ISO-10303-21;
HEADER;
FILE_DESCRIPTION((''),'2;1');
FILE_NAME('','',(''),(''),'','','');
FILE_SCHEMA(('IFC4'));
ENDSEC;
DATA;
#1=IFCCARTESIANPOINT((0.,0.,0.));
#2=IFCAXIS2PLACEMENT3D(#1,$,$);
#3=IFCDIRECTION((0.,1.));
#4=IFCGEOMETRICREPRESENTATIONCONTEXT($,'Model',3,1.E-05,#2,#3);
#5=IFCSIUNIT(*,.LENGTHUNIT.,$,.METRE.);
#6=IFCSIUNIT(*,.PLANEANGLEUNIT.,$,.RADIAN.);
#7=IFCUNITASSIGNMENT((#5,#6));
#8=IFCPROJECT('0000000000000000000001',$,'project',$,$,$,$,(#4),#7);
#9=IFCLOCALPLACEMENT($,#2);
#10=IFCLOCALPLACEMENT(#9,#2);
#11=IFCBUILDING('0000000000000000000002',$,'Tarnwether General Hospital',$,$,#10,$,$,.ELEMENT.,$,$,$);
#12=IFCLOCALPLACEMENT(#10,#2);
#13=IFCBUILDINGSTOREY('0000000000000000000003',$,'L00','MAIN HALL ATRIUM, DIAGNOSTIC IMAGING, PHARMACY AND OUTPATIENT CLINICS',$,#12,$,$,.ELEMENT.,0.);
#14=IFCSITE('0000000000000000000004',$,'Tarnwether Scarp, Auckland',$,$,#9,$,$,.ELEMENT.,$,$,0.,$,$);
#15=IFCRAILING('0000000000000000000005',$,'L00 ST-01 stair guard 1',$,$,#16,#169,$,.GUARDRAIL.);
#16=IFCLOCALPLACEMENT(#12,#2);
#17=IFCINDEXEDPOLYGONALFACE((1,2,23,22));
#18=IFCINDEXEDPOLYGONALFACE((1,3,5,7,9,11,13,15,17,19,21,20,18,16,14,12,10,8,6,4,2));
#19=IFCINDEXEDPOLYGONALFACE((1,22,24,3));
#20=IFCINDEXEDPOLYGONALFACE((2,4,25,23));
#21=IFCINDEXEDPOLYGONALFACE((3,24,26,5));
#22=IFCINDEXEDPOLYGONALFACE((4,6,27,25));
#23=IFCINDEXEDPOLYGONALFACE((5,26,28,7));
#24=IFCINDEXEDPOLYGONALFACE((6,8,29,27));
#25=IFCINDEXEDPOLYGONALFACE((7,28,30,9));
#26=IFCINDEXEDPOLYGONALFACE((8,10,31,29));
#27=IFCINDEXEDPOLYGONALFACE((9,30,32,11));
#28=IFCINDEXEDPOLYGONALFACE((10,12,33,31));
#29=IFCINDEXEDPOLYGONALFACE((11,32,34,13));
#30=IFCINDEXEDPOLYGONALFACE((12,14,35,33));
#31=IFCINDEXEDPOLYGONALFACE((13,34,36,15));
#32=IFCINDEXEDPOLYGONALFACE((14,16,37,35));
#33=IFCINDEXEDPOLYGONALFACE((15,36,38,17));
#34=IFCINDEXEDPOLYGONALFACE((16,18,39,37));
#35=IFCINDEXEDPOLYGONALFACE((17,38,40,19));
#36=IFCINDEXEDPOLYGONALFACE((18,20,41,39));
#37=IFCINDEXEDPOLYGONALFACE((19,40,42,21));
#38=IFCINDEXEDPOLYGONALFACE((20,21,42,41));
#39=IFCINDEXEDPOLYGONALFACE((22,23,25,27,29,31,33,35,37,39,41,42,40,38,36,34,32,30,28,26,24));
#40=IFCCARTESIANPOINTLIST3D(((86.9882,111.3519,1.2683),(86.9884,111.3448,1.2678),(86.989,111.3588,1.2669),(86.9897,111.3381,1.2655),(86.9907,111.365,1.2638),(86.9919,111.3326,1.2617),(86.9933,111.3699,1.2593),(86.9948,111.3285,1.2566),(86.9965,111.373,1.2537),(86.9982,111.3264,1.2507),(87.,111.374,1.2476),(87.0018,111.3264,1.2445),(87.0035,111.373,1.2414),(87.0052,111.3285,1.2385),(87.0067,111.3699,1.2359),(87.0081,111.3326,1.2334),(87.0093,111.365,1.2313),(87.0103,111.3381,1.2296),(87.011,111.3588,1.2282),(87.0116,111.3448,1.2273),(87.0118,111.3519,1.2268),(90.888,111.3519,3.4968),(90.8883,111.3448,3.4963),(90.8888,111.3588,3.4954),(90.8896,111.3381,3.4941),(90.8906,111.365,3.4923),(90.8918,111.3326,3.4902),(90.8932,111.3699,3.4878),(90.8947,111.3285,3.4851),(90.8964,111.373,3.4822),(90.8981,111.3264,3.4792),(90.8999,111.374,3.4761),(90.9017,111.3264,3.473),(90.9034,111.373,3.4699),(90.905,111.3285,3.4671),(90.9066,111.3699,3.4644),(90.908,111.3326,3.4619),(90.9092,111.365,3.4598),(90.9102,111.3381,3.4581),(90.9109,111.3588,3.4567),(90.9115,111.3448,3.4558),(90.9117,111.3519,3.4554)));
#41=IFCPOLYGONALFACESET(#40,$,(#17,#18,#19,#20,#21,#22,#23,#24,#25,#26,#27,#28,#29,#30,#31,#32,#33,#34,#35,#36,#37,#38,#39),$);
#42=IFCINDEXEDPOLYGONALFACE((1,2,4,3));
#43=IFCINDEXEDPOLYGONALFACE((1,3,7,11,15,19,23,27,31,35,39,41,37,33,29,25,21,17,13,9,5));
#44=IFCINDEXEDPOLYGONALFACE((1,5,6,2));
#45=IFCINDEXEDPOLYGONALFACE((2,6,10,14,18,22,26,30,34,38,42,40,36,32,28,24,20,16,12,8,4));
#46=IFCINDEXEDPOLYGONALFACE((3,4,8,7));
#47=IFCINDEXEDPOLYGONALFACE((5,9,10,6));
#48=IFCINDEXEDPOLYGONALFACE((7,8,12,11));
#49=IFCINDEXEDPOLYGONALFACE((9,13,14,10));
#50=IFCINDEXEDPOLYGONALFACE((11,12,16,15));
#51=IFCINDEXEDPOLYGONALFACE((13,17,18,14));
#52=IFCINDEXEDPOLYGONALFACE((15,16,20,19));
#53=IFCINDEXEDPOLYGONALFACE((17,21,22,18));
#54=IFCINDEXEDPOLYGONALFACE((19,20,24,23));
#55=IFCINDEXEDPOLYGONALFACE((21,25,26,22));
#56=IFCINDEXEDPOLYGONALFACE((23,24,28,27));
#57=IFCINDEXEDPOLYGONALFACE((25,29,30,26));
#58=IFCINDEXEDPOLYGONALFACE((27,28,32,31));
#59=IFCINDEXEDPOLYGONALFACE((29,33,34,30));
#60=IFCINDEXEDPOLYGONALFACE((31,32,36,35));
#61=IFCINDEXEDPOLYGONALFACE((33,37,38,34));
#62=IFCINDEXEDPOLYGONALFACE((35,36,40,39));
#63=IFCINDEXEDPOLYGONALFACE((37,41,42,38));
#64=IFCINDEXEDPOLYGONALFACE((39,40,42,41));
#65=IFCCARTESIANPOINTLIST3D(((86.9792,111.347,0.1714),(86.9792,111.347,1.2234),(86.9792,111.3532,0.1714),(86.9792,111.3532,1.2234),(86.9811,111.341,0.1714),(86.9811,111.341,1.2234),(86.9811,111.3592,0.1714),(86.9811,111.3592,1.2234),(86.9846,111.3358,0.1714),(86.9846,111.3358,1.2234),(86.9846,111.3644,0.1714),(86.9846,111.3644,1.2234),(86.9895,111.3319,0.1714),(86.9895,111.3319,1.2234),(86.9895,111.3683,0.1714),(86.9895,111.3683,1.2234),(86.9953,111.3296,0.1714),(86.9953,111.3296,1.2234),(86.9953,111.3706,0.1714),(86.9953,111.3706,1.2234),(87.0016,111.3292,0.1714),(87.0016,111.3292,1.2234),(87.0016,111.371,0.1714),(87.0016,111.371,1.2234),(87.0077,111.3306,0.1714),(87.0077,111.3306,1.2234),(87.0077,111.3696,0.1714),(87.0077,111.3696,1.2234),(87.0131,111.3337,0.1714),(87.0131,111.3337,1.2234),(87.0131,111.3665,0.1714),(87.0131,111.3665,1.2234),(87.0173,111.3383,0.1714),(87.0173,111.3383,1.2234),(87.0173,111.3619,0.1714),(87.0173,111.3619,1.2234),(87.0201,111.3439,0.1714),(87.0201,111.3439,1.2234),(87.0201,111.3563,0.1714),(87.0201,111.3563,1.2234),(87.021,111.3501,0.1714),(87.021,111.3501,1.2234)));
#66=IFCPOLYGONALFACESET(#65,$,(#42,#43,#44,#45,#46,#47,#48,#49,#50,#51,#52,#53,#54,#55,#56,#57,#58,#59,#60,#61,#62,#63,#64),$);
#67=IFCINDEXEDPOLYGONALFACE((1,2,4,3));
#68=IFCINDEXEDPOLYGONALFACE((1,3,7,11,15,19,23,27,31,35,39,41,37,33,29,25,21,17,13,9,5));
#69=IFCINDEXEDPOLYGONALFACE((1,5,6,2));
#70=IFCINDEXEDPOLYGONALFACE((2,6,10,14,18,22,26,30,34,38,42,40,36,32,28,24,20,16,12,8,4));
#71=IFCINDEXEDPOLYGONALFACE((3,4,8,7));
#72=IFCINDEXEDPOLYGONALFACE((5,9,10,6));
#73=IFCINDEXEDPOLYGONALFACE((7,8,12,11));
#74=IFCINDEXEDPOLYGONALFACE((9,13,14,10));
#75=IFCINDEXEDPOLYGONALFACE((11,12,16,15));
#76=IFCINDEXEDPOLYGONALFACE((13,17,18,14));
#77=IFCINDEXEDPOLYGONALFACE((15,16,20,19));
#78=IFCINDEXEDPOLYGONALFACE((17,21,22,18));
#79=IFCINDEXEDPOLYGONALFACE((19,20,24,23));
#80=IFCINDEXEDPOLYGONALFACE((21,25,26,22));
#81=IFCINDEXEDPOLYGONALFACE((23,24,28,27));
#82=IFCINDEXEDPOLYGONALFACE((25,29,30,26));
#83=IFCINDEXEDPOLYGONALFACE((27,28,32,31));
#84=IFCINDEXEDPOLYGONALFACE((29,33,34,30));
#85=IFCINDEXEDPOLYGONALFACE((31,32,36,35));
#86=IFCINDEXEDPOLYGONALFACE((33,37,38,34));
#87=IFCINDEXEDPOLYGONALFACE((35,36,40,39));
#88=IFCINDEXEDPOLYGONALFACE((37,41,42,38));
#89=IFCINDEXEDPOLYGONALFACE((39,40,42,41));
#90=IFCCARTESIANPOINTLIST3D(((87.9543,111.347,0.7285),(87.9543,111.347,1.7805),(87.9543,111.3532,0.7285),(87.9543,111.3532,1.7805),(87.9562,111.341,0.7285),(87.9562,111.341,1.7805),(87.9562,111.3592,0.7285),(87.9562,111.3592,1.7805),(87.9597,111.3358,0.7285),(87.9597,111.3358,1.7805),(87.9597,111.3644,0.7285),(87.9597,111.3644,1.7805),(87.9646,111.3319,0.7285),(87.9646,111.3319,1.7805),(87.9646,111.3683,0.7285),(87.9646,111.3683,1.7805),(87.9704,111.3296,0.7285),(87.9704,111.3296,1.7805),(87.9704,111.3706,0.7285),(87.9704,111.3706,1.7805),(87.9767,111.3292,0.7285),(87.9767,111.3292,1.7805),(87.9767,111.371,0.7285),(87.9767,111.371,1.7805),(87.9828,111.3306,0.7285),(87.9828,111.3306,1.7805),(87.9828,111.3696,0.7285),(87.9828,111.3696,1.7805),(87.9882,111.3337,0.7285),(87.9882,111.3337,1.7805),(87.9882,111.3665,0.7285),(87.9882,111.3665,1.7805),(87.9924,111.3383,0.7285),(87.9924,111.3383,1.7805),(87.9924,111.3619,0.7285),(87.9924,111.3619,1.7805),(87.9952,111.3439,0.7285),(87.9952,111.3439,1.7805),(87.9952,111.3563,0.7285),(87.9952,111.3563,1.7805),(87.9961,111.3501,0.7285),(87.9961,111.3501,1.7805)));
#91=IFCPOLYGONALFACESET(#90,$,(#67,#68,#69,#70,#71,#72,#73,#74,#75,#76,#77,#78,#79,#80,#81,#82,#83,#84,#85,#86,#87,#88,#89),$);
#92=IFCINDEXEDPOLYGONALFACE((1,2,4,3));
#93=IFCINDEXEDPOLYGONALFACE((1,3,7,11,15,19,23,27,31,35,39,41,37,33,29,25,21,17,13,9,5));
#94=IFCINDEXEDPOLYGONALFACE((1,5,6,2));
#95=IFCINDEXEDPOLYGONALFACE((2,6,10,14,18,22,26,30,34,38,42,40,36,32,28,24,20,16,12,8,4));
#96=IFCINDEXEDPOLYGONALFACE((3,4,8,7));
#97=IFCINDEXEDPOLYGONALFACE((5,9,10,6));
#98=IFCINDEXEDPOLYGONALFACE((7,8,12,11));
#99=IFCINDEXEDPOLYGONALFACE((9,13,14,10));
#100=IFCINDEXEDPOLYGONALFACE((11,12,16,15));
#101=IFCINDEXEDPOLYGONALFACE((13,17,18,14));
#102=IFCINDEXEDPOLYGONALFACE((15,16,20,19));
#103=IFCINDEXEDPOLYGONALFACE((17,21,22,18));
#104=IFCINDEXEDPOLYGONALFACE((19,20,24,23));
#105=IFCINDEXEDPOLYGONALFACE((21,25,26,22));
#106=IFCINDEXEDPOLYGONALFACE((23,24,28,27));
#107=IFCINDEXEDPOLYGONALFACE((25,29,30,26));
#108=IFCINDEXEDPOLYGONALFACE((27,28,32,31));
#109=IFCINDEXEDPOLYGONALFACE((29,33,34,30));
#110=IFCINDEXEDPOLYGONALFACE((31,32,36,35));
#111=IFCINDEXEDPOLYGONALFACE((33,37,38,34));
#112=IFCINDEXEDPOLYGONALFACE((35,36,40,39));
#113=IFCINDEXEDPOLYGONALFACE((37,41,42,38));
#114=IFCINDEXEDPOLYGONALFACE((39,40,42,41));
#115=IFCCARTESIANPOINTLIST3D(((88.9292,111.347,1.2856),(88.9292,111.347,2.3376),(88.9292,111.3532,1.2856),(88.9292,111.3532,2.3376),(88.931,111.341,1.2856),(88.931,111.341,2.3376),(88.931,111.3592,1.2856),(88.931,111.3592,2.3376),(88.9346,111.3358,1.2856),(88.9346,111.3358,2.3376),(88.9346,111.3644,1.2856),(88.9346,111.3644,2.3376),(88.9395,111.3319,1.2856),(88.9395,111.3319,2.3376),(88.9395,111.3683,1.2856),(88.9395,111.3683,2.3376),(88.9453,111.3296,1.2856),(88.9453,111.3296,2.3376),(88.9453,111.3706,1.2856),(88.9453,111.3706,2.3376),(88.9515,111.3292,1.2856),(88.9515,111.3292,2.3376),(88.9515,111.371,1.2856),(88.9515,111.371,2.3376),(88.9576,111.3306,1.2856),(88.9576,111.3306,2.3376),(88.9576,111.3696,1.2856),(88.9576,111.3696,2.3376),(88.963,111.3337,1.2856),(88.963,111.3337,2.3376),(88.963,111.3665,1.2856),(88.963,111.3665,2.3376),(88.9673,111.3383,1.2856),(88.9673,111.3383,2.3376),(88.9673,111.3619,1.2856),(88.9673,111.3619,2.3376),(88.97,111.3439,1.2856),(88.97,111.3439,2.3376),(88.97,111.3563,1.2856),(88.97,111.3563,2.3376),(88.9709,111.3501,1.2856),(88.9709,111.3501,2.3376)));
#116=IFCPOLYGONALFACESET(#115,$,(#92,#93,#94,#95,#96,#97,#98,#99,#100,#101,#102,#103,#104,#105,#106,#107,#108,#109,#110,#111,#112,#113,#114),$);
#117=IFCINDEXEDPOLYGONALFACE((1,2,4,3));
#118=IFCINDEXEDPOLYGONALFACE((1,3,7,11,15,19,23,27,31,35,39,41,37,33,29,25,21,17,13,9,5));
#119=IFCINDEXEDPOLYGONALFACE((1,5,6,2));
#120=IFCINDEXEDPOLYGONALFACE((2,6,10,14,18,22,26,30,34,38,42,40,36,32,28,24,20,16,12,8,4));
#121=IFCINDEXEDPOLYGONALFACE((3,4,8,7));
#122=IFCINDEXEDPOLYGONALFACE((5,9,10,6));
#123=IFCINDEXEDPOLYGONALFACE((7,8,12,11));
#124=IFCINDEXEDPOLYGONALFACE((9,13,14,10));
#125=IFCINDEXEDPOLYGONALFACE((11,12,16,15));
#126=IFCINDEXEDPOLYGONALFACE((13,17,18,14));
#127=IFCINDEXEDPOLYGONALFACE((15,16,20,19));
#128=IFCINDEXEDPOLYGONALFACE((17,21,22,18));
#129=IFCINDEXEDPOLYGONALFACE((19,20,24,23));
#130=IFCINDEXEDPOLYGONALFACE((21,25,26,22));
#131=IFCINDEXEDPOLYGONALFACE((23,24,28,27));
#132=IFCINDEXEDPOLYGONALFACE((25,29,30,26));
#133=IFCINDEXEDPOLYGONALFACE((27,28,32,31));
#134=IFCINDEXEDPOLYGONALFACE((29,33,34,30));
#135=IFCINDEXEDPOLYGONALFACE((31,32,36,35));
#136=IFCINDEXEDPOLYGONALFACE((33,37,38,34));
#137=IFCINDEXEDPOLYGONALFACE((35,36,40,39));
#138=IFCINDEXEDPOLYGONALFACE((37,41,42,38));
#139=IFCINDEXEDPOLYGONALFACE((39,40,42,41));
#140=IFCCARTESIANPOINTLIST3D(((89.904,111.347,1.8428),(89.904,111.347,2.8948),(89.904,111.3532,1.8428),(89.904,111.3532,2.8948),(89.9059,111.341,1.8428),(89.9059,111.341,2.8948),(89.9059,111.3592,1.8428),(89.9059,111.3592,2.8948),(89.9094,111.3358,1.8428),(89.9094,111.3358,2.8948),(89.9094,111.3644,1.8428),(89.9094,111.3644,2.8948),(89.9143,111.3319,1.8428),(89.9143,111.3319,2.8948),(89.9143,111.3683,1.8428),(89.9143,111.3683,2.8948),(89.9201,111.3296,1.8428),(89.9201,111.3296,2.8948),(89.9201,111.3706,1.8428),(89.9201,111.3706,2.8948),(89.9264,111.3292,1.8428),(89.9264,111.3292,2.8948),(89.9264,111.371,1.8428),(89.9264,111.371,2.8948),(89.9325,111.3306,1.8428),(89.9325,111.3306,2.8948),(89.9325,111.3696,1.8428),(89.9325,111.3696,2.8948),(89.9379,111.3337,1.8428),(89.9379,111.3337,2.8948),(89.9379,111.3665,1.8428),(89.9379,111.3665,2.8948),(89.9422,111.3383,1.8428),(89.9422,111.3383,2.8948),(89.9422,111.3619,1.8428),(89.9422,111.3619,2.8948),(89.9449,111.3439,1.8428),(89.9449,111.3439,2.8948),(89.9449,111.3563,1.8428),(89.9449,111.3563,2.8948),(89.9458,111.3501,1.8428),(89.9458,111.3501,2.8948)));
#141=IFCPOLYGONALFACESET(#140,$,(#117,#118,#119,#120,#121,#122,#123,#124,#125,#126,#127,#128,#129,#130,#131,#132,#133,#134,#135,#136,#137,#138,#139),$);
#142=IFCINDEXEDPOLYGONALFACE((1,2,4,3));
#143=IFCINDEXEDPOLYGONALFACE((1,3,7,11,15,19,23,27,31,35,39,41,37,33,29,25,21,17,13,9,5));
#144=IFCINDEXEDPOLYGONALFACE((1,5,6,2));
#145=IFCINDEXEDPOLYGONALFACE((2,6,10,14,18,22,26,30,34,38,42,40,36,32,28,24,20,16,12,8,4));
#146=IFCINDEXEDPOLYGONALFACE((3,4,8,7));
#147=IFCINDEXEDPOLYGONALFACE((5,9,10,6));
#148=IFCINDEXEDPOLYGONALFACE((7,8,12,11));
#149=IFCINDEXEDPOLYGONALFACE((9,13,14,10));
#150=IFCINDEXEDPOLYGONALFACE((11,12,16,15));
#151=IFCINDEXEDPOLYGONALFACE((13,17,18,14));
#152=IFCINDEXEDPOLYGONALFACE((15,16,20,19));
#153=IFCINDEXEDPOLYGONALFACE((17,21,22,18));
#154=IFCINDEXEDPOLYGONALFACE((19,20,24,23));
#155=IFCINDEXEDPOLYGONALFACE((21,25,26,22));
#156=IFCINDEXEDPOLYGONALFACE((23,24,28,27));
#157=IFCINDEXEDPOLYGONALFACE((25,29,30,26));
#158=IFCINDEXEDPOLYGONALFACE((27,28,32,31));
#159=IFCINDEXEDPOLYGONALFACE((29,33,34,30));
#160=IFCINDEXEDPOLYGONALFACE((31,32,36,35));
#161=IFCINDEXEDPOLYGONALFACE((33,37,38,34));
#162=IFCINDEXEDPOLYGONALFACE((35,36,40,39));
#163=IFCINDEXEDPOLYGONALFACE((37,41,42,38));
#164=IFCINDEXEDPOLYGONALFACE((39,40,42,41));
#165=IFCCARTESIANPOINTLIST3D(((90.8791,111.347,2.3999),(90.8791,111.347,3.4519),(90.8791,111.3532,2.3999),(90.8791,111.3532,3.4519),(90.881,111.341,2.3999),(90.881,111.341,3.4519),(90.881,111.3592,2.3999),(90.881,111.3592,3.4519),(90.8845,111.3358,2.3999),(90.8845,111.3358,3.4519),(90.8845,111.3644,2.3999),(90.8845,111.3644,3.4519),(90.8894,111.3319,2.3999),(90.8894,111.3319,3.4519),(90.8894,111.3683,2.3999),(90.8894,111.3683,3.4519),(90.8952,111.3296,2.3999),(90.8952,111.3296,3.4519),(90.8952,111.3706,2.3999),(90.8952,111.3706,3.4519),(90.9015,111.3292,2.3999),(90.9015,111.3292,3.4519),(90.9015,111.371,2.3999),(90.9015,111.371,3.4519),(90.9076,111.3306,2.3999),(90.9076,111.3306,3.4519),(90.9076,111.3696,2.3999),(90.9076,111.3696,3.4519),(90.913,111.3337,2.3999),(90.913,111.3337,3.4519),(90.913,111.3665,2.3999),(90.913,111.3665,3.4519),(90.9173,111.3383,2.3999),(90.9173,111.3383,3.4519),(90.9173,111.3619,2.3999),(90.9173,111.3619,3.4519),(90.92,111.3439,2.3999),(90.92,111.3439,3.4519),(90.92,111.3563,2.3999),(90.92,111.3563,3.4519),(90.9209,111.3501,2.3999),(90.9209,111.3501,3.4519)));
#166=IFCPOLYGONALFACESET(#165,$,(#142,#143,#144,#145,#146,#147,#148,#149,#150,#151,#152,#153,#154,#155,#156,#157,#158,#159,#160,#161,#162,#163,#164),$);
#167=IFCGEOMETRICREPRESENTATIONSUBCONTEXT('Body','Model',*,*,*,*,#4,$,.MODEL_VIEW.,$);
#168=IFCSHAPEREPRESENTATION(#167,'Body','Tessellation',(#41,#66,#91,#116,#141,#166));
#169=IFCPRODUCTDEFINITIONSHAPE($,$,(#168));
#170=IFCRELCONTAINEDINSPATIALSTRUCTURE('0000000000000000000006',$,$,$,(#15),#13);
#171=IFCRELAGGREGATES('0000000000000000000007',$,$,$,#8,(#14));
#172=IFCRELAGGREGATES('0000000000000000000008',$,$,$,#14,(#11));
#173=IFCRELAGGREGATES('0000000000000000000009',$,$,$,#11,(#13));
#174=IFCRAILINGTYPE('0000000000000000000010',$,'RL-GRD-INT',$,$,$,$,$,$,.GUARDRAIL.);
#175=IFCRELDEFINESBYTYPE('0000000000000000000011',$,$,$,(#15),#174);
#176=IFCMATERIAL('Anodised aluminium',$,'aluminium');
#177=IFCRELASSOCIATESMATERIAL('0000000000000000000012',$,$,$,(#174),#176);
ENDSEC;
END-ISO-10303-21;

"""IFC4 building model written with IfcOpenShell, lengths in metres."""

from ifc_helpers import new_model, si_unit, direction, frame, origin, origin_2d, place, context, subcontext, project, spatial, circle, extrude, material, type_object, element, save


model = new_model("IFC4")

# Units and contexts
model_context = context("Model", 3, precision=1e-05, world=origin(), true_north=direction((0.0, 1.0)))
body_context = subcontext(model_context, "Body", "Model", "MODEL_VIEW")
ifc_project = project(units=[si_unit("LENGTHUNIT", "METRE"), si_unit("PLANEANGLEUNIT", "RADIAN")], contexts=[model_context])

# Site, building, storey
site_placement = place(None, origin())
site = spatial("IfcSite", under=ifc_project, at=site_placement, Name="Tarnwether Scarp, Auckland", CompositionType="ELEMENT", RefElevation=0.0)
building_placement = place(site_placement, origin())
building = spatial("IfcBuilding", under=site, at=building_placement, Name="Tarnwether General Hospital", CompositionType="ELEMENT")
storey_placement = place(building_placement, origin())
storey = spatial("IfcBuildingStorey", under=building, at=storey_placement, Name="L00", Description="MAIN HALL ATRIUM, DIAGNOSTIC IMAGING, PHARMACY AND OUTPATIENT CLINICS", CompositionType="ELEMENT", Elevation=0.0)

# Railing
ifc_material_1 = material(Name="Anodised aluminium", Category="aluminium")
railing_type_1 = type_object("IfcRailingType", Name="RL-GRD-INT", PredefinedType="GUARDRAIL", material=ifc_material_1)
railing_1_placement = place(storey_placement, frame((87.0, 111.3501, 0.1714)))
element("IfcRailing", 1, at=railing_1_placement, inside=storey, type_object=railing_type_1, Name="L00 ST-01 stair guard 1", PredefinedType="GUARDRAIL", context=body_context, shape_type="SweptSolid", body=[
    extrude(circle(Radius=0.0239, at=origin_2d()), frame((0.0, 0.0, 1.0762), z_axis=(0.868243, 0.0, 0.496139), x_axis=(0.0, 1.0, 0.0)), (0.0, 0.0, 1.0), 4.4917),
    extrude(circle(Radius=0.021, at=origin_2d()), origin(), (0.0, 0.0, 1.0), 1.052),
    extrude(circle(Radius=0.021, at=origin_2d()), frame((0.9751, 0.0, 0.5571)), (0.0, 0.0, 1.0), 1.052),
    extrude(circle(Radius=0.021, at=origin_2d()), frame((1.95, 0.0, 1.1143)), (0.0, 0.0, 1.0), 1.052),
    extrude(circle(Radius=0.021, at=origin_2d()), frame((2.9248, 0.0, 1.6714)), (0.0, 0.0, 1.0), 1.052),
    extrude(circle(Radius=0.021, at=origin_2d()), frame((3.8999, 0.0, 2.2285)), (0.0, 0.0, 1.0), 1.052),
])

save(model, "model.ifc")
